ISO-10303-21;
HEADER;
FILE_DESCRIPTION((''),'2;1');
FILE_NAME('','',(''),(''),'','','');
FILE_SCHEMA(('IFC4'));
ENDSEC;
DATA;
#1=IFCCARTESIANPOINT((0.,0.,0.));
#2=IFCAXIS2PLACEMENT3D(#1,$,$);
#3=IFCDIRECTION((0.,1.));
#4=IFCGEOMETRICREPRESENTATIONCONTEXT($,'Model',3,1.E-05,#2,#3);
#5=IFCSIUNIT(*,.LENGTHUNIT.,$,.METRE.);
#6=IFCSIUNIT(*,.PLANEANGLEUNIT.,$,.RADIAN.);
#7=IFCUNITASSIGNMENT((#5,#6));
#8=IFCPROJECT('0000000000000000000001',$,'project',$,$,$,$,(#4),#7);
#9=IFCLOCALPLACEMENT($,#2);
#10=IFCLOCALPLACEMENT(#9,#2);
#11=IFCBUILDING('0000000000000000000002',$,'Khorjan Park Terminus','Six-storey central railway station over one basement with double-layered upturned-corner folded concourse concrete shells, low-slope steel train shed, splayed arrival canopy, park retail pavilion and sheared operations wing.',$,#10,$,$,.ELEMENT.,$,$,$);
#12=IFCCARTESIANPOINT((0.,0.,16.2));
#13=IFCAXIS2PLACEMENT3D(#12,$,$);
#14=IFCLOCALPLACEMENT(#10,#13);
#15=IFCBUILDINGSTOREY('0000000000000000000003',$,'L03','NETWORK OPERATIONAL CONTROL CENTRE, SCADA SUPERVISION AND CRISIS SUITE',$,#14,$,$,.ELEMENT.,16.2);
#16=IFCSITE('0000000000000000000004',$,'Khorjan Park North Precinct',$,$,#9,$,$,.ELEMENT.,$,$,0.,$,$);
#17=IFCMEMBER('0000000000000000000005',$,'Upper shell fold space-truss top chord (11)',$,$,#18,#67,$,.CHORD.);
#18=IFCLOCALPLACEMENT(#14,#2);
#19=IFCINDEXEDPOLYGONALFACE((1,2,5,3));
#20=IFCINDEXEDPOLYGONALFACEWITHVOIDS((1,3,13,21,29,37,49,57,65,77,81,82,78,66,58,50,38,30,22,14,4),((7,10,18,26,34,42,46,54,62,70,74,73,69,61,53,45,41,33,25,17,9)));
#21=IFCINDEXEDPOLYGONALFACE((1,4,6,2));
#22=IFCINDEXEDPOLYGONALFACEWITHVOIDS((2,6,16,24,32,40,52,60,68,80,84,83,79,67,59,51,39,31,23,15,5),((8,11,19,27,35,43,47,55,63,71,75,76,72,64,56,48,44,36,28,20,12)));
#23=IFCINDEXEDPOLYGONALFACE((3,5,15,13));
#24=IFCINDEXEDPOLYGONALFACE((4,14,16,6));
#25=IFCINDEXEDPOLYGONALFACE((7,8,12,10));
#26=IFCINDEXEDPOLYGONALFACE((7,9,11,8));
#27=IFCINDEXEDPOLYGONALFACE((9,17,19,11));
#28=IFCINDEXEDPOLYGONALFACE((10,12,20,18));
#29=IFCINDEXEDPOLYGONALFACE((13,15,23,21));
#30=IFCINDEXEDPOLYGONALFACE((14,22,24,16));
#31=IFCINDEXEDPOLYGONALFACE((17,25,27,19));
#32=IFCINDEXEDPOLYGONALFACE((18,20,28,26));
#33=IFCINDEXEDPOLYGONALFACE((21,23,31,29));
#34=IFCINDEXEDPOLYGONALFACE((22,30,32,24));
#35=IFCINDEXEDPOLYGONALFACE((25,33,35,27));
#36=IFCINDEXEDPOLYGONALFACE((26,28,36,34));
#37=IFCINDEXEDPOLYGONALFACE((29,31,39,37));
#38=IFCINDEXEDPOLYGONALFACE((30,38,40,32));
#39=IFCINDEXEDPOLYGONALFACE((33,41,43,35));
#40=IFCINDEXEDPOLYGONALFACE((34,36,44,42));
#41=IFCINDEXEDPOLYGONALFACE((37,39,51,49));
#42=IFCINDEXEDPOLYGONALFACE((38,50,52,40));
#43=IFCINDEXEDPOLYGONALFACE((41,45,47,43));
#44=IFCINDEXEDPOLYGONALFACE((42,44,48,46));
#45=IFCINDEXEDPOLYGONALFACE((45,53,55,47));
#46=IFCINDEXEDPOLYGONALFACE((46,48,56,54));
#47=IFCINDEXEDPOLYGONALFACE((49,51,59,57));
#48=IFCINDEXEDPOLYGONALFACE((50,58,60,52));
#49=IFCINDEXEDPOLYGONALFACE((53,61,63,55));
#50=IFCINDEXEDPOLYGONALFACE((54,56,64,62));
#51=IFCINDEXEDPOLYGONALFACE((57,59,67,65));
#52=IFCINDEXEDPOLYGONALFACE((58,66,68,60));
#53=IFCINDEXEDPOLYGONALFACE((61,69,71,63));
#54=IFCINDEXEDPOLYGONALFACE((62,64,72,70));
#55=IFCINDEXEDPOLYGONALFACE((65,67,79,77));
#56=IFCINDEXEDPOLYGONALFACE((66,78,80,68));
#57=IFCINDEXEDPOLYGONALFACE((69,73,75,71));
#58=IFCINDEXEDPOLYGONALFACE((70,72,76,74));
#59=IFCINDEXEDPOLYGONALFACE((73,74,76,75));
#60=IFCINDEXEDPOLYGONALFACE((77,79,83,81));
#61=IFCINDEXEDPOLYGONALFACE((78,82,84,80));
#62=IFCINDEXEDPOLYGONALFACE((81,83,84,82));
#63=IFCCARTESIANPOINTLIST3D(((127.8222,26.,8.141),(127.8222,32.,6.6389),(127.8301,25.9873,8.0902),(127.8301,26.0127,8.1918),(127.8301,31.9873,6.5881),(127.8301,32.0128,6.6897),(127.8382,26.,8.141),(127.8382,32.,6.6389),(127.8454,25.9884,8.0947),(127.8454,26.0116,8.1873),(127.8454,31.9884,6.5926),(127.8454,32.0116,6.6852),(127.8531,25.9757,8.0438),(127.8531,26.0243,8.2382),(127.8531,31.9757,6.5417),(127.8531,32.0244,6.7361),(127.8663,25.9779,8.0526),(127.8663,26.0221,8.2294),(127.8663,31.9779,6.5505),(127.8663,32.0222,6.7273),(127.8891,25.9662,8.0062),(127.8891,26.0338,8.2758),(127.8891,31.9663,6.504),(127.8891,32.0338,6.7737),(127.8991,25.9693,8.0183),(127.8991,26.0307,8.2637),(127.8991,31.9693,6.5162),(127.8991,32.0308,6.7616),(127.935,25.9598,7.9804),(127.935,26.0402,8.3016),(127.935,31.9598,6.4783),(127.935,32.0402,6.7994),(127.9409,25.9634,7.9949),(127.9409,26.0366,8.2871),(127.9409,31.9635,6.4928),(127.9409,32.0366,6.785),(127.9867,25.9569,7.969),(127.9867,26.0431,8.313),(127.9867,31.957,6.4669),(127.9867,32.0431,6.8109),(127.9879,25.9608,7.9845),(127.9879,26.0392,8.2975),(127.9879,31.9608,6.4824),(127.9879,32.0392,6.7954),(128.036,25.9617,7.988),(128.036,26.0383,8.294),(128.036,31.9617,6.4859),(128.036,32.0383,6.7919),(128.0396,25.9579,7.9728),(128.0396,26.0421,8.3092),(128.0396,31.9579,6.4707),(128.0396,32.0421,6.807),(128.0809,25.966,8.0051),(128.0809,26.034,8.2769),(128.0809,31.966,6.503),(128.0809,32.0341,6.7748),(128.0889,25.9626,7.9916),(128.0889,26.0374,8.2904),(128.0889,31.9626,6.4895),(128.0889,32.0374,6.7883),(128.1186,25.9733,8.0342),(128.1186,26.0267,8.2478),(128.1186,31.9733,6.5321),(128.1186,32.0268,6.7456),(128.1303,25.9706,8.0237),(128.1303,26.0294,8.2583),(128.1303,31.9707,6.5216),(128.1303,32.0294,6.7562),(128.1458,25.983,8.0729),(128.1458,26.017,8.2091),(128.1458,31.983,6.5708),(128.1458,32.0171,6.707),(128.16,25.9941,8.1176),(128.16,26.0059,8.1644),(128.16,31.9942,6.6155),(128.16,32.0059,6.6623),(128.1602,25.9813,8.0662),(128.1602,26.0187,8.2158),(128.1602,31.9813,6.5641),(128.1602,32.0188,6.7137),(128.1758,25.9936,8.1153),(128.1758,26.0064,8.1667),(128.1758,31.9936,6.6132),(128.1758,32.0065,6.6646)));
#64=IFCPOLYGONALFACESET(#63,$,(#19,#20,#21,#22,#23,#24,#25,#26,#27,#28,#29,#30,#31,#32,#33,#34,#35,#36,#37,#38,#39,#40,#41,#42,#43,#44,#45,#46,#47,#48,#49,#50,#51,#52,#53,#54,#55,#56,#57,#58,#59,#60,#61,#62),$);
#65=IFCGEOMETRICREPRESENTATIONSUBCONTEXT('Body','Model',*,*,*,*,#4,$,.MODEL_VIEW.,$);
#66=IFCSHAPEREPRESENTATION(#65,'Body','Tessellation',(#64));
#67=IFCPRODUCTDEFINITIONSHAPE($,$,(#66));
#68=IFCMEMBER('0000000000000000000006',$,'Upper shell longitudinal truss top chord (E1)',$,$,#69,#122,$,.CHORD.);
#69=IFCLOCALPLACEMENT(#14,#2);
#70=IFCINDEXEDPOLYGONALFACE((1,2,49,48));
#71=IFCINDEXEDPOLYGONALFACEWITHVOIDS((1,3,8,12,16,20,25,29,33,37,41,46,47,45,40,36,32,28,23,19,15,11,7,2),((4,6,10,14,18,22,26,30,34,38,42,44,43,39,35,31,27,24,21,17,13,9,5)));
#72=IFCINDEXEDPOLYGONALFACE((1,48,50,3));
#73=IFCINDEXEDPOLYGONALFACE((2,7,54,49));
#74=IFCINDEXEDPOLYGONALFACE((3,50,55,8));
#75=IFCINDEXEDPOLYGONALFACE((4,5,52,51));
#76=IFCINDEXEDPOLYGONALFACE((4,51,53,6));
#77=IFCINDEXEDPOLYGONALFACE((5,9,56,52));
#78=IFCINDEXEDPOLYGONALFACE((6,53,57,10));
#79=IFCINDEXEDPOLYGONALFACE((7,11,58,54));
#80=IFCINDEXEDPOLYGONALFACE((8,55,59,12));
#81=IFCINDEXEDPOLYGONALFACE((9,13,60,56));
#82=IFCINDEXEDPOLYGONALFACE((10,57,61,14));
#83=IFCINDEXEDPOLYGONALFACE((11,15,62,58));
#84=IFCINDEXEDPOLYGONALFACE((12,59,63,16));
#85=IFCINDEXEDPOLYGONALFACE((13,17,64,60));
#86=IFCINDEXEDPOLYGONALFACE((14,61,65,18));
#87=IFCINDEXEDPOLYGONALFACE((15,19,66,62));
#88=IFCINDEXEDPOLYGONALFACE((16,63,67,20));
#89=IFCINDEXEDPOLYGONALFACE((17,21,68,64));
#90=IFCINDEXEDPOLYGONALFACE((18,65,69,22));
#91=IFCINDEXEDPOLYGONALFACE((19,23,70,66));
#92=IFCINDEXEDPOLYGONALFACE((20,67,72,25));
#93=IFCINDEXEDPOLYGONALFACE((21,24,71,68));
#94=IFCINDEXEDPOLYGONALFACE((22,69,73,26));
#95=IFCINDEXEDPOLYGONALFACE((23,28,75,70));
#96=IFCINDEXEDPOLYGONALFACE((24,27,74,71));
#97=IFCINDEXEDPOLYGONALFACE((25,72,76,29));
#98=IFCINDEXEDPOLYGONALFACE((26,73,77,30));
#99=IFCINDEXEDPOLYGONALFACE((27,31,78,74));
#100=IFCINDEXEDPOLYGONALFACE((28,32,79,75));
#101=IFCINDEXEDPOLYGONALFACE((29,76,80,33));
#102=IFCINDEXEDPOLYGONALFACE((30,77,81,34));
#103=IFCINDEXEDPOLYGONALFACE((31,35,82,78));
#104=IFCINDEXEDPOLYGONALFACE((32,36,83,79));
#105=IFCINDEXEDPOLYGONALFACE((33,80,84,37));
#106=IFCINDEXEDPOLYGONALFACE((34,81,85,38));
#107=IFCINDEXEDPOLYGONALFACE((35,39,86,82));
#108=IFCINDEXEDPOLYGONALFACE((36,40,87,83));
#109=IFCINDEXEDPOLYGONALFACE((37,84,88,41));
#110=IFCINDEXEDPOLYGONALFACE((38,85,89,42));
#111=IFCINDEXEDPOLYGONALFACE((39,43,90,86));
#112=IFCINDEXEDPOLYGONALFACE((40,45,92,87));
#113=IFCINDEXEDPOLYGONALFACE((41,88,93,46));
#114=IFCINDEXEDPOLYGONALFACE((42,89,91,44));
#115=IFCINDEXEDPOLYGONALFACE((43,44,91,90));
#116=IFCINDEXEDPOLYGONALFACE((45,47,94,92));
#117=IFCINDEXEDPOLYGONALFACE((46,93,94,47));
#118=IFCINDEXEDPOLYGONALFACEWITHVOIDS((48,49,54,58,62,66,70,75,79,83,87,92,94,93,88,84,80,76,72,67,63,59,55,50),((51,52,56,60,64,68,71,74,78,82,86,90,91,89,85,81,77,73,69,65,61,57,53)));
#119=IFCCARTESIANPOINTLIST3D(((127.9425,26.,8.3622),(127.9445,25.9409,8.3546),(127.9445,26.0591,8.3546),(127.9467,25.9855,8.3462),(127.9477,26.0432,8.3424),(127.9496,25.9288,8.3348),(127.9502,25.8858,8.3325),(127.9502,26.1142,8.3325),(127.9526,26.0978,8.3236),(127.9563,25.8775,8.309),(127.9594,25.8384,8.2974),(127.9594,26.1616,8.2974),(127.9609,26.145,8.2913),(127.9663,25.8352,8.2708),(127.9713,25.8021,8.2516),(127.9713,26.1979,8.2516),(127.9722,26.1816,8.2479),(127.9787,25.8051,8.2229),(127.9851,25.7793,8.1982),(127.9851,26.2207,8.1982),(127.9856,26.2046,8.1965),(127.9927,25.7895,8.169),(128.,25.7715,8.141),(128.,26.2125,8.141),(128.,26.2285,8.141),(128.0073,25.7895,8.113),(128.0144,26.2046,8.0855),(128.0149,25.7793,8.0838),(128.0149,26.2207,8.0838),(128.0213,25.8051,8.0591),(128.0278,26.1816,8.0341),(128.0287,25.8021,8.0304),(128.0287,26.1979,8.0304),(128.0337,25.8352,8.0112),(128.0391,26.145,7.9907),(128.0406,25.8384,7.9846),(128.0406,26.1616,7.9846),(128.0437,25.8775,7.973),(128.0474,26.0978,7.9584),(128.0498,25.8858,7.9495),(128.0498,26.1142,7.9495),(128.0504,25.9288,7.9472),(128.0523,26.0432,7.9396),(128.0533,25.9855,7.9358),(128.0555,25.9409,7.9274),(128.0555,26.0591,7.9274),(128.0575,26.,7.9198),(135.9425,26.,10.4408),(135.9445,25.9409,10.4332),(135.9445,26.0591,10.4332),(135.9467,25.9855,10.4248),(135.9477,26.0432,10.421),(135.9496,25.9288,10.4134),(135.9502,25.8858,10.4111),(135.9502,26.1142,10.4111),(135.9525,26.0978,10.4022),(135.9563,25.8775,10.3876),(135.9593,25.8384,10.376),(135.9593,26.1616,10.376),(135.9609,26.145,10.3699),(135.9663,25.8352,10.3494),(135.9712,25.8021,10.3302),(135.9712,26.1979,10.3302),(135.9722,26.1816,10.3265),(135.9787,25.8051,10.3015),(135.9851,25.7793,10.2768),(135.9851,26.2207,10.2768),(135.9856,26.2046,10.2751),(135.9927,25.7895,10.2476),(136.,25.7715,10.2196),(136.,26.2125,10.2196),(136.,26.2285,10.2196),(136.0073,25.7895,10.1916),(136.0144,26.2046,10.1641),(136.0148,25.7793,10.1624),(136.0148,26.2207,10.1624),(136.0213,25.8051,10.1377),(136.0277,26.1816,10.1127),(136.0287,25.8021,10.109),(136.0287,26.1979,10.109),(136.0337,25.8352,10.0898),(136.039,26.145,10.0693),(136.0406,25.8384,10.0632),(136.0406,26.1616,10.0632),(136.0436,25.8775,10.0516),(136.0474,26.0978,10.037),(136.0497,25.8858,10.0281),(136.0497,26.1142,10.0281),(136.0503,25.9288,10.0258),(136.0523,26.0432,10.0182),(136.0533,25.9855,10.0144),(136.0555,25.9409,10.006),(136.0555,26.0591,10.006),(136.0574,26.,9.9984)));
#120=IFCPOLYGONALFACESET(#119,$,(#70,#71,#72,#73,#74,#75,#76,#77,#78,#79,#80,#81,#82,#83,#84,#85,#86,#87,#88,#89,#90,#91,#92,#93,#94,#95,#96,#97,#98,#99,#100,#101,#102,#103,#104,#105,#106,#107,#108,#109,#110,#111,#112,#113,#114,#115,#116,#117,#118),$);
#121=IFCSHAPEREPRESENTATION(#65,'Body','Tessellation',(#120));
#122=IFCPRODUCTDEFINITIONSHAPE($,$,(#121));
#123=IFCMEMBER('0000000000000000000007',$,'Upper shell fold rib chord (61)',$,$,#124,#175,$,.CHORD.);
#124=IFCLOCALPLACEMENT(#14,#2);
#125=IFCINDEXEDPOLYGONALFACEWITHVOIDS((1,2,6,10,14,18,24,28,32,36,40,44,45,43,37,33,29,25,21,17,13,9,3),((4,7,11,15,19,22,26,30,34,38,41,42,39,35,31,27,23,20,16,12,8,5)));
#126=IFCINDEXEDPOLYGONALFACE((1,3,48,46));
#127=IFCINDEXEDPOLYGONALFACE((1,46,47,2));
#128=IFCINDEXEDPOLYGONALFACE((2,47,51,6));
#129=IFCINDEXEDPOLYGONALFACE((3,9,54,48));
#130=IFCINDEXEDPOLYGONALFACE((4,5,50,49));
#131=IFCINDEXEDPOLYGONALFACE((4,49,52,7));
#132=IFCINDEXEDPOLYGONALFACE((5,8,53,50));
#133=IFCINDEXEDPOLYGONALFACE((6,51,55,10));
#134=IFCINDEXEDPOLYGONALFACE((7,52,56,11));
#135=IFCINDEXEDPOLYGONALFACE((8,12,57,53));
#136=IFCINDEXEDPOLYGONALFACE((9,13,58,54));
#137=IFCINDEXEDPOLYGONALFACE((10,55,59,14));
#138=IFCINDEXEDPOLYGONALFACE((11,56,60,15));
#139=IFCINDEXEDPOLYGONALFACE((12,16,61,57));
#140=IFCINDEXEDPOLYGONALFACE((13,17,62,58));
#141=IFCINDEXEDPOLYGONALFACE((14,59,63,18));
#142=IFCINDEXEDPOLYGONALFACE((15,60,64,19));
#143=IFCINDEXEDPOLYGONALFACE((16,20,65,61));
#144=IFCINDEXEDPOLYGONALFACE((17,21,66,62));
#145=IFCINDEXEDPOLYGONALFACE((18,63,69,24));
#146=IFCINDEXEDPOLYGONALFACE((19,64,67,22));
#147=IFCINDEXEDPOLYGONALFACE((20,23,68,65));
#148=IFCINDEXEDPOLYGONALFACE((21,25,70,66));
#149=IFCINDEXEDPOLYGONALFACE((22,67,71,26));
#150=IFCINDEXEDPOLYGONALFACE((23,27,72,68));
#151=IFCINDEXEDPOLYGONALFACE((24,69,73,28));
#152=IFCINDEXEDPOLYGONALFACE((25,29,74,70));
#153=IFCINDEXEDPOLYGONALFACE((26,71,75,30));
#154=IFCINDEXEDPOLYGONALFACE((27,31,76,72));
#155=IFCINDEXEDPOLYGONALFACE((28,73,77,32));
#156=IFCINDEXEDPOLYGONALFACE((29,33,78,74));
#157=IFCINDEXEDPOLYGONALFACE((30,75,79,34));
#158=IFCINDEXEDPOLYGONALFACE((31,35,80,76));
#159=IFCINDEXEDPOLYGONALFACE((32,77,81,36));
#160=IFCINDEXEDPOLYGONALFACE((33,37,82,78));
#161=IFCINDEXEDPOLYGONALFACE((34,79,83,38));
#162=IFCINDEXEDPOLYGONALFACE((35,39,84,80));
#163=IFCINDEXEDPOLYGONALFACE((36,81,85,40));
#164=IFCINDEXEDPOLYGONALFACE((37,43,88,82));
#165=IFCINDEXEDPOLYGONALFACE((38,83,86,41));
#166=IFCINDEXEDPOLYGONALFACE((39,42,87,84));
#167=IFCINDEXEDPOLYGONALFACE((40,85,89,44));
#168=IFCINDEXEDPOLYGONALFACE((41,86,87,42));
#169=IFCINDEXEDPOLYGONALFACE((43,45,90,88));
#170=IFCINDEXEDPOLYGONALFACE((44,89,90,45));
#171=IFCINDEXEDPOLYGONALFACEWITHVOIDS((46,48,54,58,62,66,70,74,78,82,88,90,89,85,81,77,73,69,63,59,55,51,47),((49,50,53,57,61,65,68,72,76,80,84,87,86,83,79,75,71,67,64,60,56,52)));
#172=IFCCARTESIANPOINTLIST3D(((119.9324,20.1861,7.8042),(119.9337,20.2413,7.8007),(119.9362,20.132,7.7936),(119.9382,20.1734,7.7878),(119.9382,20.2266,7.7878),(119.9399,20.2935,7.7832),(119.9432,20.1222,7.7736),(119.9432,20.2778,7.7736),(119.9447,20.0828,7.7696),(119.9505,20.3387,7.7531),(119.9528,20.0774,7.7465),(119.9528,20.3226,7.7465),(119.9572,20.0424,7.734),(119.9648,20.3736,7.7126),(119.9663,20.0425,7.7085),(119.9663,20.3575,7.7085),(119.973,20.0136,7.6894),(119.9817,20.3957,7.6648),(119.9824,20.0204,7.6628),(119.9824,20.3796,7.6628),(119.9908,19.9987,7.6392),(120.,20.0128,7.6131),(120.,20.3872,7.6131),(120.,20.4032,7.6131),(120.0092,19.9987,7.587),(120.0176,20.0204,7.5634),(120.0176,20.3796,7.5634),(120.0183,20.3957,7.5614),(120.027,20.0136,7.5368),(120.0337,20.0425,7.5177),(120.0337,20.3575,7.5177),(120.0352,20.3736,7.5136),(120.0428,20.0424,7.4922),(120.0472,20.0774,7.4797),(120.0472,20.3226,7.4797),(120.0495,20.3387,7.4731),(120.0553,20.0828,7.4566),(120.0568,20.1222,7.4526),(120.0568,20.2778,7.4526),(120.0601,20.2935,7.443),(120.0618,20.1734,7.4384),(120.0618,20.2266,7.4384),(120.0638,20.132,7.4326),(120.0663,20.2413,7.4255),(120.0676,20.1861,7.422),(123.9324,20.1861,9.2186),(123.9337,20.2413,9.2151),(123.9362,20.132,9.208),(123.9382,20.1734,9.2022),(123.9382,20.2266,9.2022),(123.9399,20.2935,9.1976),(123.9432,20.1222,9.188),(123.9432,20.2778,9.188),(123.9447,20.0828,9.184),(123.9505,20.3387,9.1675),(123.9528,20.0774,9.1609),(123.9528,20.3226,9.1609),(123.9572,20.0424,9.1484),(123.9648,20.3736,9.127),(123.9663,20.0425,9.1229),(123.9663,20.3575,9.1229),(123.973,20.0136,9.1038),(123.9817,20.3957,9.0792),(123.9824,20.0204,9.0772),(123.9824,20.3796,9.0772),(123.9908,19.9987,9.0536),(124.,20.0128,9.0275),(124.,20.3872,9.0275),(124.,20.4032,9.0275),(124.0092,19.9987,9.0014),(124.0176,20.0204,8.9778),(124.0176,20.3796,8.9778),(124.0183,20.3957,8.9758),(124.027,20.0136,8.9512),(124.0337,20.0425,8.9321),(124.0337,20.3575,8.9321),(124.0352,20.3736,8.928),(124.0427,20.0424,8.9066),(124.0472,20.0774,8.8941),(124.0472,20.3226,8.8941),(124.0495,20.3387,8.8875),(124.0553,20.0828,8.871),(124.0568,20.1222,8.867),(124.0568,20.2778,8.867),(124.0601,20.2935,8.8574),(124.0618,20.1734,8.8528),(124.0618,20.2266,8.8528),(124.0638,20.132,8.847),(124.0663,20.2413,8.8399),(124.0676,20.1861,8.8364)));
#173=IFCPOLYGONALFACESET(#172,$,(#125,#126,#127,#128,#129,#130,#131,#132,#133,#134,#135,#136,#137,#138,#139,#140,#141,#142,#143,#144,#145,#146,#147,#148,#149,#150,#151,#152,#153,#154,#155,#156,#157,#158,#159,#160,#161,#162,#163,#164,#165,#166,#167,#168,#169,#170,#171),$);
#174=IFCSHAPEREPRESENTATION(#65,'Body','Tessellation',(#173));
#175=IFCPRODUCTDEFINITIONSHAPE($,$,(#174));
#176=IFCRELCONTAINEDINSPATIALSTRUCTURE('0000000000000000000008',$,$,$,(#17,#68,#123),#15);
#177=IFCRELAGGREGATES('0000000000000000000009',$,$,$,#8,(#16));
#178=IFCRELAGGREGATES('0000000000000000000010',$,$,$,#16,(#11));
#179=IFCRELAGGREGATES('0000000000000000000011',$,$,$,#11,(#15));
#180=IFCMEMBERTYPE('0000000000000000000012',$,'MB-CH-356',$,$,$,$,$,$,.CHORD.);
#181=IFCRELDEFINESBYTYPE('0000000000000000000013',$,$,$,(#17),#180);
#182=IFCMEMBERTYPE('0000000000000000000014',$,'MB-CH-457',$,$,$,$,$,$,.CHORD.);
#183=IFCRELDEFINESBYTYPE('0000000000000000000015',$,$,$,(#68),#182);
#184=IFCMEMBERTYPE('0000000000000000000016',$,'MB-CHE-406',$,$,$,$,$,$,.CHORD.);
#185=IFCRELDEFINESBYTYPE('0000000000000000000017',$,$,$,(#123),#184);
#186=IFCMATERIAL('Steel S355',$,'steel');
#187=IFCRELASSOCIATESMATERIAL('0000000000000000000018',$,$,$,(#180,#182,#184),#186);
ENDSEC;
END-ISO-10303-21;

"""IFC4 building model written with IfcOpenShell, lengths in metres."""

from ifc_helpers import new_model, si_unit, direction, frame, origin, origin_2d, place, context, subcontext, project, spatial, hollow_circle, extrude, material, material_profile, profile_set, type_object, element, save


model = new_model("IFC4")

# Units and contexts
model_context = context("Model", 3, precision=1e-05, world=origin(), true_north=direction((0.0, 1.0)))
body_context = subcontext(model_context, "Body", "Model", "MODEL_VIEW")
ifc_project = project(units=[si_unit("LENGTHUNIT", "METRE"), si_unit("PLANEANGLEUNIT", "RADIAN")], contexts=[model_context])

# Site, building, storey
site_placement = place(None, origin())
site = spatial("IfcSite", under=ifc_project, at=site_placement, Name="Khorjan Park North Precinct", CompositionType="ELEMENT", RefElevation=0.0)
building_placement = place(site_placement, origin())
building = spatial("IfcBuilding", under=site, at=building_placement, Name="Khorjan Park Terminus", Description="Six-storey central railway station over one basement with double-layered upturned-corner folded concourse concrete shells, low-slope steel train shed, splayed arrival canopy, park retail pavilion and sheared operations wing.", CompositionType="ELEMENT")
storey_placement = place(building_placement, frame((0.0, 0.0, 16.2)))
storey = spatial("IfcBuildingStorey", under=building, at=storey_placement, Name="L03", Description="NETWORK OPERATIONAL CONTROL CENTRE, SCADA SUPERVISION AND CRISIS SUITE", CompositionType="ELEMENT", Elevation=16.2)

# Members
ifc_material = material(Name="Steel S355", Category="steel")
ifc_material_profile_1 = material_profile(ifc_material, hollow_circle(Radius=0.1778, WallThickness=0.016, at=origin_2d()), Name="CHS 355.6x16")
ifc_profile_set_1 = profile_set([ifc_material_profile_1], Name="Steel S355")
member_type_1 = type_object("IfcMemberType", Name="MB-CH-356", PredefinedType="CHORD", material=ifc_profile_set_1)
member_1_placement = place(storey_placement, frame((128.0, 26.0, 8.141), z_axis=(0.0, 0.970063, -0.242855), x_axis=(-1.0, 0.0, 0.0)))
element("IfcMember", 1, at=member_1_placement, inside=storey, type_object=member_type_1, Name="Upper shell fold space-truss top chord (11)", PredefinedType="CHORD", context=body_context, shape_type="SweptSolid", body=[
    extrude(hollow_circle(Radius=0.1778, WallThickness=0.016, at=origin_2d()), origin(), (0.0, 0.0, 1.0), 6.1852),
])
ifc_material_profile_2 = material_profile(ifc_material, hollow_circle(Radius=0.2285, WallThickness=0.016, at=origin_2d()), Name="CHS 457x16")
ifc_profile_set_2 = profile_set([ifc_material_profile_2], Name="Steel S355")
member_type_2 = type_object("IfcMemberType", Name="MB-CH-457", PredefinedType="CHORD", material=ifc_profile_set_2)
member_2_placement = place(storey_placement, frame((128.0, 26.0, 8.141), z_axis=(0.967864, 0.0, 0.251475), x_axis=(0.0, 1.0, 0.0)))
element("IfcMember", 2, at=member_2_placement, inside=storey, type_object=member_type_2, Name="Upper shell longitudinal truss top chord (E1)", PredefinedType="CHORD", context=body_context, shape_type="SweptSolid", body=[
    extrude(hollow_circle(Radius=0.2285, WallThickness=0.016, at=origin_2d()), origin(), (0.0, 0.0, 1.0), 8.2656),
])
ifc_material_profile_3 = material_profile(ifc_material, hollow_circle(Radius=0.2032, WallThickness=0.016, at=origin_2d()), Name="CHS 406.4x16")
ifc_profile_set_3 = profile_set([ifc_material_profile_3], Name="Steel S355")
member_type_3 = type_object("IfcMemberType", Name="MB-CHE-406", PredefinedType="CHORD", material=ifc_profile_set_3)
member_3_placement = place(storey_placement, frame((120.0, 20.2, 7.6131), z_axis=(0.942795, 0.0, 0.333372), x_axis=(0.0, 1.0, 0.0)))
element("IfcMember", 3, at=member_3_placement, inside=storey, type_object=member_type_3, Name="Upper shell fold rib chord (61)", PredefinedType="CHORD", context=body_context, shape_type="SweptSolid", body=[
    extrude(hollow_circle(Radius=0.2032, WallThickness=0.016, at=origin_2d()), origin(), (0.0, 0.0, 1.0), 4.2427),
])

save(model, "model.ifc")
